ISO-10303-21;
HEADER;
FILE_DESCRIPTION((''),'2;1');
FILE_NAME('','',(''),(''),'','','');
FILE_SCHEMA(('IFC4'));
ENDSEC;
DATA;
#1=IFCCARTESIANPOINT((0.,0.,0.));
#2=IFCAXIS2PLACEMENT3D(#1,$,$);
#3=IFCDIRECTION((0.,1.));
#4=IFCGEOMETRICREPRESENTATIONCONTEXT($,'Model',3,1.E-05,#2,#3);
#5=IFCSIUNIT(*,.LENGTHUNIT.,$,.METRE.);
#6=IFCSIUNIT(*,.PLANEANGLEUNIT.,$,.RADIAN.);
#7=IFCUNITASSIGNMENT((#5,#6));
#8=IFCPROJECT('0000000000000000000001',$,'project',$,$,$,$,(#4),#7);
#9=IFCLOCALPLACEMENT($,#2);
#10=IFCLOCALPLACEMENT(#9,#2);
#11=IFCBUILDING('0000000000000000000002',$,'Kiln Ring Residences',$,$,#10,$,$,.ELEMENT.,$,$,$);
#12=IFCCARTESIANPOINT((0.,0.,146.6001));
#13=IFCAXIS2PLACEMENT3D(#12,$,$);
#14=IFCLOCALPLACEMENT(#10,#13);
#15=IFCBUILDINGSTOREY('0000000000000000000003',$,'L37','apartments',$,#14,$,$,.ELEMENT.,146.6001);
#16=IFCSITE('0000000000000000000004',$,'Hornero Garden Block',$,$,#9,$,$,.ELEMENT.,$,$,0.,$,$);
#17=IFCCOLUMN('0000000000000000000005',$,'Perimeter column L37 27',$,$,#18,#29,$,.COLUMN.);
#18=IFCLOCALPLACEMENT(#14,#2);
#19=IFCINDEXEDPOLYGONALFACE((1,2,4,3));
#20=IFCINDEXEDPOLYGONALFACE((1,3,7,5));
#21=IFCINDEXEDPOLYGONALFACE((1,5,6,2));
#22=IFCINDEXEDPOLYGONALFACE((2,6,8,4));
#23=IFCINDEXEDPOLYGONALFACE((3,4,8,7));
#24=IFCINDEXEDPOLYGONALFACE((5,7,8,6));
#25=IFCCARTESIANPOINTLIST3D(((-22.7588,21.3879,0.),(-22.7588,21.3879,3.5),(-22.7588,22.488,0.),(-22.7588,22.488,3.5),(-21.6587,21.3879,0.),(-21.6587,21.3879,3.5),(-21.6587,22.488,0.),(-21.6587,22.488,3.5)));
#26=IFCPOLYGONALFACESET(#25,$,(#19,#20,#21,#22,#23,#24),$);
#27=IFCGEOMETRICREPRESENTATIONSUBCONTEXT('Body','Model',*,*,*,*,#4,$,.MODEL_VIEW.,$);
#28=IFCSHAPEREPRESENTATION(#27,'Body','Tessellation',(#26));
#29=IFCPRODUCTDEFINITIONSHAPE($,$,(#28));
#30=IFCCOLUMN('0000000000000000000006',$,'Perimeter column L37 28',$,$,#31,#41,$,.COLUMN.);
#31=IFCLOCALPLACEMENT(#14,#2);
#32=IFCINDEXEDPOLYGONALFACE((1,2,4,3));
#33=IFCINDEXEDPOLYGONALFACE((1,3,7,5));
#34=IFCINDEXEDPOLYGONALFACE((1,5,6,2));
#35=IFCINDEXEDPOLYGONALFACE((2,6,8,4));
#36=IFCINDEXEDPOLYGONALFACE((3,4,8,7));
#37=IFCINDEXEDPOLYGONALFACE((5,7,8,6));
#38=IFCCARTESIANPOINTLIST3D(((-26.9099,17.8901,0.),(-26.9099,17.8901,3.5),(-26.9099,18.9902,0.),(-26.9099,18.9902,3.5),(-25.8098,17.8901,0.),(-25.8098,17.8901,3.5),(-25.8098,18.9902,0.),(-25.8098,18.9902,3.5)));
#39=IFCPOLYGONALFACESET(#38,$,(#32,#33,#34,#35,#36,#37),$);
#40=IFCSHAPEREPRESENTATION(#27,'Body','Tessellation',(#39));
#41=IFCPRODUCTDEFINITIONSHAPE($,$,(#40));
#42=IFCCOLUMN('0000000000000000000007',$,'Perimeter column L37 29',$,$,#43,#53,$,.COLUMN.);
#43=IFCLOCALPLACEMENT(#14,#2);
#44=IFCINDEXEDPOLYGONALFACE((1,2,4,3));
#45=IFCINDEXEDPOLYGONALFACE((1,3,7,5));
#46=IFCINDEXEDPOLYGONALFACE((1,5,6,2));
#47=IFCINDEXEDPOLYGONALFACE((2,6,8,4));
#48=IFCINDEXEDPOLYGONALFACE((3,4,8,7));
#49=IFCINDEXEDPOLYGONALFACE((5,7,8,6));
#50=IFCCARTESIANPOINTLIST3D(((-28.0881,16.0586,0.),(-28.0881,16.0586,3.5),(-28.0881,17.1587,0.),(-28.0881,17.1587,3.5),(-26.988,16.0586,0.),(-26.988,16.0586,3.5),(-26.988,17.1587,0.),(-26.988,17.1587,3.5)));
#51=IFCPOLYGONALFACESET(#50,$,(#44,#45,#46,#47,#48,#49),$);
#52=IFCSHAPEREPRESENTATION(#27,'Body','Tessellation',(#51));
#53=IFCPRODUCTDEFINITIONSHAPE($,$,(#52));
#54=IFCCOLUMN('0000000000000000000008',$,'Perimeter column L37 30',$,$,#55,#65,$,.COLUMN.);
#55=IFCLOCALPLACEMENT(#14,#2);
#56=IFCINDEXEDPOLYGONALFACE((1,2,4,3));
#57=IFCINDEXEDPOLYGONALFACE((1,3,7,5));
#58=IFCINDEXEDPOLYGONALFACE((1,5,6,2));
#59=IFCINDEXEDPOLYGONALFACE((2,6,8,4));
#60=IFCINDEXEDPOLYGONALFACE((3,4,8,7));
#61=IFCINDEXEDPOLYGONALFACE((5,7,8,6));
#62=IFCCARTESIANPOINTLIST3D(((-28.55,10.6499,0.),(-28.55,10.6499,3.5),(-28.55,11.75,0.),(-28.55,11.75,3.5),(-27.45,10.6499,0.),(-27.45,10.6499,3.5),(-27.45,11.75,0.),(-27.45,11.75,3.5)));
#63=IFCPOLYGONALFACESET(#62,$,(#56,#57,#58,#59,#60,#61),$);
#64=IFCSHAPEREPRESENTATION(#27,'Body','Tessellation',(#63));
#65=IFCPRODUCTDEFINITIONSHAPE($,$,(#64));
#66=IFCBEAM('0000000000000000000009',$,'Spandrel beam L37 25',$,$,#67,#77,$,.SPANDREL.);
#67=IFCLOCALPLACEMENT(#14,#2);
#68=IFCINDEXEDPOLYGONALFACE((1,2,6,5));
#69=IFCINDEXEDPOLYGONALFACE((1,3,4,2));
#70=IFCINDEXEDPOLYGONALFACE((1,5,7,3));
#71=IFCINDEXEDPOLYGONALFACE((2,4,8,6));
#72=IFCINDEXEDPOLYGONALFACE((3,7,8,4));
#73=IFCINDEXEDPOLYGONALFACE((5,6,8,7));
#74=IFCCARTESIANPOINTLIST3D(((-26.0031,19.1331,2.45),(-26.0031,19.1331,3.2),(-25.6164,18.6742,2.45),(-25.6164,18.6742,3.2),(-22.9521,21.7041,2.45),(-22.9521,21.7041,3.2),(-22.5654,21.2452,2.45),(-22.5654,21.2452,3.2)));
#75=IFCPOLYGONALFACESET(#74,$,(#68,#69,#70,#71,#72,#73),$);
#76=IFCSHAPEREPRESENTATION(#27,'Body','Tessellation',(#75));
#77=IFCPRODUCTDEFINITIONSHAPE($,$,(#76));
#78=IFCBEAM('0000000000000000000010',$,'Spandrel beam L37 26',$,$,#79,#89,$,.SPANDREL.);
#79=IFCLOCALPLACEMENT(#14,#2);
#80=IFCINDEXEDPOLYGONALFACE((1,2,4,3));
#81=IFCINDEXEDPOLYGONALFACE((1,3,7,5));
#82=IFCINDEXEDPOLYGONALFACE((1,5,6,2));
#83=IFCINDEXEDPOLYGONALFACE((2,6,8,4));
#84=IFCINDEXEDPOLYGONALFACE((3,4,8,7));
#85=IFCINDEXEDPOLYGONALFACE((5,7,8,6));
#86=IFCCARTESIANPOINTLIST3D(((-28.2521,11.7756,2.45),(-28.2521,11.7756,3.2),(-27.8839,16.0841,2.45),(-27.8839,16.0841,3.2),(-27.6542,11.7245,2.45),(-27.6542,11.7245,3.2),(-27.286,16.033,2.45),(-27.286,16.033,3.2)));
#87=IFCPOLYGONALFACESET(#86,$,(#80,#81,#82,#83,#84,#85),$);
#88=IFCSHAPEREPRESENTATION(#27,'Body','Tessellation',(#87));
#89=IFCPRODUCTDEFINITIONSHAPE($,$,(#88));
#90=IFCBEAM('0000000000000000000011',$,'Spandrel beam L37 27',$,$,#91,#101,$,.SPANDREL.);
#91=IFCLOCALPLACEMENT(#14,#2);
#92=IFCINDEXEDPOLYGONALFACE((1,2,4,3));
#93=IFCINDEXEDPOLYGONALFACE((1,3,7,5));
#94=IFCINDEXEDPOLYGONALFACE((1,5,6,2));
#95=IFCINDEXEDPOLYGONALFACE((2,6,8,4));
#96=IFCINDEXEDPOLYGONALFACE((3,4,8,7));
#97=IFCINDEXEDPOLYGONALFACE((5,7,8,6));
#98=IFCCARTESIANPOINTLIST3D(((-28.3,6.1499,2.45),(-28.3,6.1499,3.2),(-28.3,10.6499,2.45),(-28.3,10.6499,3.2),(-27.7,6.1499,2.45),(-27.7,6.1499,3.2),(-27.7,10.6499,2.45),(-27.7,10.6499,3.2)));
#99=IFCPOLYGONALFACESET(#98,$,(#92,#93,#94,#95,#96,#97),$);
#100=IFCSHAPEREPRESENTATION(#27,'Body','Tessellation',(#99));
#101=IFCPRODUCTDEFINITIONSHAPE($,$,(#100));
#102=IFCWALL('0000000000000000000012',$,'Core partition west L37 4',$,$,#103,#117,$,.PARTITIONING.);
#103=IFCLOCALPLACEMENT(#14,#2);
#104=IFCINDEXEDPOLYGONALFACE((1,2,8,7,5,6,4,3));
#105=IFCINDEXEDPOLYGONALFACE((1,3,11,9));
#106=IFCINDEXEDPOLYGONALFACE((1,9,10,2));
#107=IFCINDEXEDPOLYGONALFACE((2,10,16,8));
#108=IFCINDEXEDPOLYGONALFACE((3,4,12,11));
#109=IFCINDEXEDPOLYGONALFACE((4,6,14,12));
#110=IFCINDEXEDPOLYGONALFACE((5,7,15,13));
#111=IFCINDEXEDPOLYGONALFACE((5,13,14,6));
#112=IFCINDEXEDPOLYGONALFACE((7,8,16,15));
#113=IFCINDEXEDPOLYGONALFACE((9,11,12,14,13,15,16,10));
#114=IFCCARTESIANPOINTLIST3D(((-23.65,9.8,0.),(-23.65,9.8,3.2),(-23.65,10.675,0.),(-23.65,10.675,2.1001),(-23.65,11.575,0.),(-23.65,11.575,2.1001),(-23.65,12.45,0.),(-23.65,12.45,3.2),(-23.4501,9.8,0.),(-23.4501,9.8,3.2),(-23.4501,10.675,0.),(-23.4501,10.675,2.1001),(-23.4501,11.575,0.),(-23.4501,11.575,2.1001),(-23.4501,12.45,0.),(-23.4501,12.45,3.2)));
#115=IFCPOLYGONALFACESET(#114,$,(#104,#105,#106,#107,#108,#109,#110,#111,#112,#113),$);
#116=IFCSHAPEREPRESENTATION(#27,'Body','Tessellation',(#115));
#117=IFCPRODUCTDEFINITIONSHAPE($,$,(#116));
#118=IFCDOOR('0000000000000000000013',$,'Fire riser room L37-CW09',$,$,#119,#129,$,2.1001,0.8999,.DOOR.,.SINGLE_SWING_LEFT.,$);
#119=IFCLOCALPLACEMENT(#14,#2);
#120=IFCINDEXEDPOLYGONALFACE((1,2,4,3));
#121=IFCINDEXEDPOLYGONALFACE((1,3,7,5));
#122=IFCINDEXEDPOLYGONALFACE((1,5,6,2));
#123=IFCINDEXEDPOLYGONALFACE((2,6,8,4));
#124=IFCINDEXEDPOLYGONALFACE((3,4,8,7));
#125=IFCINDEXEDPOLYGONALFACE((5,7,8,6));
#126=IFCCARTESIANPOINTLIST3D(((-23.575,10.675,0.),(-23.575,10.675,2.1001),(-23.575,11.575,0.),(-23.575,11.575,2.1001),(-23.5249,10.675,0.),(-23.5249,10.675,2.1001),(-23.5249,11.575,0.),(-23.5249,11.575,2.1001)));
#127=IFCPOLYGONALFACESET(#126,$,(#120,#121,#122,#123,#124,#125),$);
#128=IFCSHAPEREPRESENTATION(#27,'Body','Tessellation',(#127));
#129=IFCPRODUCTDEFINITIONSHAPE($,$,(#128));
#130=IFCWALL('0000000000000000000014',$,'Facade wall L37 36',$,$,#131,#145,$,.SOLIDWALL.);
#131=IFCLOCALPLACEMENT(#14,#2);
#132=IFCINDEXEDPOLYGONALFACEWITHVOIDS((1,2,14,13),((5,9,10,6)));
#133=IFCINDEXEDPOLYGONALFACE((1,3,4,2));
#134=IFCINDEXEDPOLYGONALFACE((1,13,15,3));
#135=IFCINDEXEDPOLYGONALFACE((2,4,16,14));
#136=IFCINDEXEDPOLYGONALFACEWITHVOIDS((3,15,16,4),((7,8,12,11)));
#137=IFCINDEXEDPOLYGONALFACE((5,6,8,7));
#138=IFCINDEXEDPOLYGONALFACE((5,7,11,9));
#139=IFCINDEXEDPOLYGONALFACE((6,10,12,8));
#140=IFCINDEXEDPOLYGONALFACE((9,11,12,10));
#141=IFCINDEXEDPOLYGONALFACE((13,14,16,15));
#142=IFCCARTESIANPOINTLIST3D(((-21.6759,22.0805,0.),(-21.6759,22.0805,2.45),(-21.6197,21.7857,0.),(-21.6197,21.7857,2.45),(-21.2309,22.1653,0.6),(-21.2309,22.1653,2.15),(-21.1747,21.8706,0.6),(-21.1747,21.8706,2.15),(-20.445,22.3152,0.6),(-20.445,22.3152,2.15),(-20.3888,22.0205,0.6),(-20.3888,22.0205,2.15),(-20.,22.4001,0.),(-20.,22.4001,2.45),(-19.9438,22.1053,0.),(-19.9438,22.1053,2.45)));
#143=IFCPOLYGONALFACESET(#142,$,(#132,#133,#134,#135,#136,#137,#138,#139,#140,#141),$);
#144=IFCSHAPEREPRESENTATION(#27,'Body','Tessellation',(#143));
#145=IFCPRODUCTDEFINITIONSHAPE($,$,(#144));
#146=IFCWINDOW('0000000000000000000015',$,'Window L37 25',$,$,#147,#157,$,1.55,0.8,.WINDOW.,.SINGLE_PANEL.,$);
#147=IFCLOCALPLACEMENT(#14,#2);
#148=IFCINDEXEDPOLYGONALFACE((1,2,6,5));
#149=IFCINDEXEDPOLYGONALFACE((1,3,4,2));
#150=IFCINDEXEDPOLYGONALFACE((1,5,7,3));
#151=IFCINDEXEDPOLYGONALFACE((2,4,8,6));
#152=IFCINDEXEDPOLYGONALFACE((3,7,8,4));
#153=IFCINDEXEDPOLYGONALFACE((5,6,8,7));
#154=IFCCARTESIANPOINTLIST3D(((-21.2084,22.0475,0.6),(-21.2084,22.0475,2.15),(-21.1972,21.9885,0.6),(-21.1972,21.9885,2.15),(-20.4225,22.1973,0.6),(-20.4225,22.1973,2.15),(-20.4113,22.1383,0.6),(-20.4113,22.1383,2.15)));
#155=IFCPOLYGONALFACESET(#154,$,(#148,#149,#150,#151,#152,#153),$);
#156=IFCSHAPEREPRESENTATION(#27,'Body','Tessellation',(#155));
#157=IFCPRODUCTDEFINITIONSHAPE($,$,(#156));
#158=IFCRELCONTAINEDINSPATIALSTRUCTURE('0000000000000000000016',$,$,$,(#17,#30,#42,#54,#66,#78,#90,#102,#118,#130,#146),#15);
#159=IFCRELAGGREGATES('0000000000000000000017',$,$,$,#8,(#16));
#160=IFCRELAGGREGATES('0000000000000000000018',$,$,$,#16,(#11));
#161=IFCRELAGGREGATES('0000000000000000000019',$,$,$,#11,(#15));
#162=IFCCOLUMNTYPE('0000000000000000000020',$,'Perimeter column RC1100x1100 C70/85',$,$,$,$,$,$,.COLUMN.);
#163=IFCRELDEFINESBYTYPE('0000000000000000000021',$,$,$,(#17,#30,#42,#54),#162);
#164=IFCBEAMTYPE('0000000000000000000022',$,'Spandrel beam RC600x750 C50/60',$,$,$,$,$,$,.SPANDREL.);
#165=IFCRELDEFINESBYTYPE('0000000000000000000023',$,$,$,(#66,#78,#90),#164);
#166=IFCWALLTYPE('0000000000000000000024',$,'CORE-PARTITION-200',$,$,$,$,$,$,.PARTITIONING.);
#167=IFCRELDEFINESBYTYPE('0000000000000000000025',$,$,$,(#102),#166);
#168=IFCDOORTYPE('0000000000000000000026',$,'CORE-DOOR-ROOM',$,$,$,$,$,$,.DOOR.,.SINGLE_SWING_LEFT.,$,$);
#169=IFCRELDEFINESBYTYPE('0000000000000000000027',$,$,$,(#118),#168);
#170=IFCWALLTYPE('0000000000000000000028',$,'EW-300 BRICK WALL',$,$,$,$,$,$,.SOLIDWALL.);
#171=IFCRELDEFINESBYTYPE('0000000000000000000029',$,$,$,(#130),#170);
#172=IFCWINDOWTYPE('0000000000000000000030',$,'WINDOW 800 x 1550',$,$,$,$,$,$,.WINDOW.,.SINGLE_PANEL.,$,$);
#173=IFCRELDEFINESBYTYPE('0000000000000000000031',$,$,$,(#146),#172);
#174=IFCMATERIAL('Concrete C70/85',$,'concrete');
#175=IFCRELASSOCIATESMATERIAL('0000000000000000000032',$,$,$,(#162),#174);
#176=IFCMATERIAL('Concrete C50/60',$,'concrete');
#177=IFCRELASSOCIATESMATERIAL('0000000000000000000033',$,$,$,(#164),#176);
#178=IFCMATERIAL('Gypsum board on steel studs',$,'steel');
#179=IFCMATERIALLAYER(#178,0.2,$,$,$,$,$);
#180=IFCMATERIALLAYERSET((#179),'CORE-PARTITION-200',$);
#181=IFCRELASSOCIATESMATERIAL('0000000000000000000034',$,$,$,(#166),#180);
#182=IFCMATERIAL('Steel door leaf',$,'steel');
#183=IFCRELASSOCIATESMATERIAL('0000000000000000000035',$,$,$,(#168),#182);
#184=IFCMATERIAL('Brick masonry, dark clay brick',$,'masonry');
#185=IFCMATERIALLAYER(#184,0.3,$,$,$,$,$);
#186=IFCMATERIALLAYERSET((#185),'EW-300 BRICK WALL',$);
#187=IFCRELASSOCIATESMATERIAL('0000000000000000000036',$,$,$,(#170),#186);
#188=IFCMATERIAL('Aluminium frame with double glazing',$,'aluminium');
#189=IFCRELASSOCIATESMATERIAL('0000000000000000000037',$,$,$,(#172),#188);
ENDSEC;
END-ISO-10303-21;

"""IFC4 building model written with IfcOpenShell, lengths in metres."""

from ifc_helpers import new_model, si_unit, direction, frame, frame_2d, origin, origin_2d, place, context, subcontext, project, spatial, rectangle, extrude, material, layer, layer_set, material_profile, profile_set, type_object, element, fill, save


model = new_model("IFC4")

# Units and contexts
model_context = context("Model", 3, precision=1e-05, world=origin(), true_north=direction((0.0, 1.0)))
body_context = subcontext(model_context, "Body", "Model", "MODEL_VIEW")
ifc_project = project(units=[si_unit("LENGTHUNIT", "METRE"), si_unit("PLANEANGLEUNIT", "RADIAN")], contexts=[model_context])

# Site, building, storey
site_placement = place(None, origin())
site = spatial("IfcSite", under=ifc_project, at=site_placement, Name="Hornero Garden Block", CompositionType="ELEMENT", RefElevation=0.0)
building_placement = place(site_placement, origin())
building = spatial("IfcBuilding", under=site, at=building_placement, Name="Kiln Ring Residences", CompositionType="ELEMENT")
storey_placement = place(building_placement, frame((0.0, 0.0, 146.6001)))
storey = spatial("IfcBuildingStorey", under=building, at=storey_placement, Name="L37", Description="apartments", CompositionType="ELEMENT", Elevation=146.6001)

# Columns
ifc_material_1 = material(Name="Concrete C70/85", Category="concrete")
ifc_material_profile_1 = material_profile(ifc_material_1, rectangle(XDim=1.1001, YDim=1.1001, at=origin_2d()), Name="RC1100x1100")
ifc_profile_set_1 = profile_set([ifc_material_profile_1], Name="Concrete C70/85")
column_type = type_object("IfcColumnType", Name="Perimeter column RC1100x1100 C70/85", PredefinedType="COLUMN", material=ifc_profile_set_1)
for number, where, z_axis, x_axis, name in (
    (1, (-22.2087, 21.938, 0.0), (0.0, 0.0, 1.0), (1.0, 0.0, 0.0), "Perimeter column L37 27"),
    (2, (-26.3599, 18.4402, 0.0), (0.0, 0.0, 1.0), (1.0, 0.0, 0.0), "Perimeter column L37 28"),
    (3, (-27.5381, 16.6086, 0.0), (0.0, 0.0, 1.0), (1.0, 0.0, 0.0), "Perimeter column L37 29"),
    (4, (-28.0, 11.2, 0.0), (0.0, 0.0, 1.0), (1.0, 0.0, 0.0), "Perimeter column L37 30"),
):
    element("IfcColumn", number, at=place(storey_placement, frame(where, z_axis=z_axis, x_axis=x_axis)), inside=storey, type_object=column_type, Name=name, PredefinedType="COLUMN", context=body_context, shape_type="SweptSolid", body=[
        extrude(rectangle(XDim=1.1001, YDim=1.1001, at=origin_2d()), origin(), (0.0, 0.0, 1.0), 3.5),
    ])

# Beams
ifc_material_2 = material(Name="Concrete C50/60", Category="concrete")
ifc_material_profile_2 = material_profile(ifc_material_2, rectangle(XDim=0.6001, YDim=0.75, at=origin_2d()), Name="RC600x750")
ifc_profile_set_2 = profile_set([ifc_material_profile_2], Name="Concrete C50/60")
beam_type = type_object("IfcBeamType", Name="Spandrel beam RC600x750 C50/60", PredefinedType="SPANDREL", material=ifc_profile_set_2)
beam_1_placement = place(storey_placement, frame((-22.7588, 21.4746, 2.825), z_axis=(-0.764694, -0.644394, 0.0), x_axis=(0.644394, -0.764694, 0.0)))
element("IfcBeam", 5, at=beam_1_placement, inside=storey, type_object=beam_type, Name="Spandrel beam L37 25", PredefinedType="SPANDREL", context=body_context, shape_type="SweptSolid", body=[
    extrude(rectangle(XDim=0.6001, YDim=0.75, at=origin_2d()), origin(), (0.0, 0.0, 1.0), 3.9897),
])
beam_2_placement = place(storey_placement, frame((-27.585, 16.0586, 2.825), z_axis=(-0.085139, -0.996369, 0.0), x_axis=(0.996369, -0.085139, 0.0)))
element("IfcBeam", 6, at=beam_2_placement, inside=storey, type_object=beam_type, Name="Spandrel beam L37 26", PredefinedType="SPANDREL", context=body_context, shape_type="SweptSolid", body=[
    extrude(rectangle(XDim=0.6001, YDim=0.75, at=origin_2d()), origin(), (0.0, 0.0, 1.0), 4.3242),
])
beam_3_placement = place(storey_placement, frame((-28.0, 10.6499, 2.825), z_axis=(0.0, -1.0, 0.0), x_axis=(1.0, 0.0, 0.0)))
element("IfcBeam", 7, at=beam_3_placement, inside=storey, type_object=beam_type, Name="Spandrel beam L37 27", PredefinedType="SPANDREL", context=body_context, shape_type="SweptSolid", body=[
    extrude(rectangle(XDim=0.6001, YDim=0.75, at=origin_2d()), origin(), (0.0, 0.0, 1.0), 4.5),
])

# Wall, opening, door
ifc_material_3 = material(Name="Gypsum board on steel studs", Category="steel")
ifc_layer_1 = layer(ifc_material_3, 0.2)
ifc_layer_set_1 = layer_set([ifc_layer_1], Name="CORE-PARTITION-200")
wall_type_1 = type_object("IfcWallType", Name="CORE-PARTITION-200", PredefinedType="PARTITIONING", material=ifc_layer_set_1)
wall_1_placement = place(storey_placement, frame((-23.55, 9.8, 0.0), z_axis=(0.0, 0.0, 1.0), x_axis=(0.0, 1.0, 0.0)))
wall_1 = element("IfcWall", 8, at=wall_1_placement, inside=storey, type_object=wall_type_1, Name="Core partition west L37 4", PredefinedType="PARTITIONING", context=body_context, shape_type="SweptSolid", body=[
    extrude(rectangle(XDim=2.6499, YDim=0.2, at=frame_2d((1.325, 0.0))), origin(), (0.0, 0.0, 1.0), 3.2),
])
opening_1_placement = place(wall_1_placement, frame((0.875, 0.0, 0.0)))
opening_1 = element("IfcOpeningElement", 9, at=opening_1_placement, cuts=wall_1, PredefinedType="OPENING", context=body_context, shape_type="SweptSolid", body=[
    extrude(rectangle(XDim=0.8999, YDim=2.1001, at=frame_2d((0.45, 1.05))), frame((0.0, 0.1099, 0.0), z_axis=(0.0, -1.0, 0.0), x_axis=(1.0, 0.0, 0.0)), (0.0, 0.0, 1.0), 0.22),
])
ifc_material_4 = material(Name="Steel door leaf", Category="steel")
door_type_1 = type_object("IfcDoorType", Name="CORE-DOOR-ROOM", OperationType="SINGLE_SWING_LEFT", PredefinedType="DOOR", material=ifc_material_4)
door_1_placement = place(opening_1_placement, origin())
door_1 = element("IfcDoor", 10, at=door_1_placement, inside=storey, type_object=door_type_1, Name="Fire riser room L37-CW09", OperationType="SINGLE_SWING_LEFT", OverallHeight=2.1001, OverallWidth=0.8999, PredefinedType="DOOR", context=body_context, shape_type="SweptSolid", body=[
    extrude(rectangle(XDim=0.8999, YDim=2.1001, at=frame_2d((0.45, 1.05))), frame((0.0, 0.0249, 0.0), z_axis=(0.0, -1.0, 0.0), x_axis=(1.0, 0.0, 0.0)), (0.0, 0.0, 1.0), 0.05),
])
fill(opening_1, door_1)

# Wall, opening, window
ifc_material_5 = material(Name="Brick masonry, dark clay brick", Category="masonry")
ifc_layer_2 = layer(ifc_material_5, 0.3)
ifc_layer_set_2 = layer_set([ifc_layer_2], Name="EW-300 BRICK WALL")
wall_type_2 = type_object("IfcWallType", Name="EW-300 BRICK WALL", PredefinedType="SOLIDWALL", material=ifc_layer_set_2)
wall_2_placement = place(storey_placement, frame((-19.9719, 22.2527, 0.0), z_axis=(0.0, 0.0, 1.0), x_axis=(-0.982297, -0.187329, 0.0)))
wall_2 = element("IfcWall", 11, at=wall_2_placement, inside=storey, type_object=wall_type_2, Name="Facade wall L37 36", PredefinedType="SOLIDWALL", context=body_context, shape_type="SweptSolid", body=[
    extrude(rectangle(XDim=1.7061, YDim=0.3, at=frame_2d((0.853, 0.0))), origin(), (0.0, 0.0, 1.0), 2.45),
])
opening_2_placement = place(wall_2_placement, frame((0.4531, 0.0, 0.6001)))
opening_2 = element("IfcOpeningElement", 12, at=opening_2_placement, cuts=wall_2, PredefinedType="OPENING", context=body_context, shape_type="SweptSolid", body=[
    extrude(rectangle(XDim=0.8, YDim=1.55, at=frame_2d((0.3999, 0.7749))), frame((0.0, 0.1599, 0.0), z_axis=(0.0, -1.0, 0.0), x_axis=(1.0, 0.0, 0.0)), (0.0, 0.0, 1.0), 0.3201),
])
ifc_material_6 = material(Name="Aluminium frame with double glazing", Category="aluminium")
window_type_1 = type_object("IfcWindowType", Name="WINDOW 800 x 1550", PartitioningType="SINGLE_PANEL", PredefinedType="WINDOW", material=ifc_material_6)
window_1_placement = place(opening_2_placement, origin())
window_1 = element("IfcWindow", 13, at=window_1_placement, inside=storey, type_object=window_type_1, Name="Window L37 25", OverallHeight=1.55, OverallWidth=0.8, PartitioningType="SINGLE_PANEL", PredefinedType="WINDOW", context=body_context, shape_type="SweptSolid", body=[
    extrude(rectangle(XDim=0.8, YDim=1.55, at=frame_2d((0.3999, 0.7749))), frame((0.0, 0.03, 0.0), z_axis=(0.0, -1.0, 0.0), x_axis=(1.0, 0.0, 0.0)), (0.0, 0.0, 1.0), 0.0601),
])
fill(opening_2, window_1)

save(model, "model.ifc")
